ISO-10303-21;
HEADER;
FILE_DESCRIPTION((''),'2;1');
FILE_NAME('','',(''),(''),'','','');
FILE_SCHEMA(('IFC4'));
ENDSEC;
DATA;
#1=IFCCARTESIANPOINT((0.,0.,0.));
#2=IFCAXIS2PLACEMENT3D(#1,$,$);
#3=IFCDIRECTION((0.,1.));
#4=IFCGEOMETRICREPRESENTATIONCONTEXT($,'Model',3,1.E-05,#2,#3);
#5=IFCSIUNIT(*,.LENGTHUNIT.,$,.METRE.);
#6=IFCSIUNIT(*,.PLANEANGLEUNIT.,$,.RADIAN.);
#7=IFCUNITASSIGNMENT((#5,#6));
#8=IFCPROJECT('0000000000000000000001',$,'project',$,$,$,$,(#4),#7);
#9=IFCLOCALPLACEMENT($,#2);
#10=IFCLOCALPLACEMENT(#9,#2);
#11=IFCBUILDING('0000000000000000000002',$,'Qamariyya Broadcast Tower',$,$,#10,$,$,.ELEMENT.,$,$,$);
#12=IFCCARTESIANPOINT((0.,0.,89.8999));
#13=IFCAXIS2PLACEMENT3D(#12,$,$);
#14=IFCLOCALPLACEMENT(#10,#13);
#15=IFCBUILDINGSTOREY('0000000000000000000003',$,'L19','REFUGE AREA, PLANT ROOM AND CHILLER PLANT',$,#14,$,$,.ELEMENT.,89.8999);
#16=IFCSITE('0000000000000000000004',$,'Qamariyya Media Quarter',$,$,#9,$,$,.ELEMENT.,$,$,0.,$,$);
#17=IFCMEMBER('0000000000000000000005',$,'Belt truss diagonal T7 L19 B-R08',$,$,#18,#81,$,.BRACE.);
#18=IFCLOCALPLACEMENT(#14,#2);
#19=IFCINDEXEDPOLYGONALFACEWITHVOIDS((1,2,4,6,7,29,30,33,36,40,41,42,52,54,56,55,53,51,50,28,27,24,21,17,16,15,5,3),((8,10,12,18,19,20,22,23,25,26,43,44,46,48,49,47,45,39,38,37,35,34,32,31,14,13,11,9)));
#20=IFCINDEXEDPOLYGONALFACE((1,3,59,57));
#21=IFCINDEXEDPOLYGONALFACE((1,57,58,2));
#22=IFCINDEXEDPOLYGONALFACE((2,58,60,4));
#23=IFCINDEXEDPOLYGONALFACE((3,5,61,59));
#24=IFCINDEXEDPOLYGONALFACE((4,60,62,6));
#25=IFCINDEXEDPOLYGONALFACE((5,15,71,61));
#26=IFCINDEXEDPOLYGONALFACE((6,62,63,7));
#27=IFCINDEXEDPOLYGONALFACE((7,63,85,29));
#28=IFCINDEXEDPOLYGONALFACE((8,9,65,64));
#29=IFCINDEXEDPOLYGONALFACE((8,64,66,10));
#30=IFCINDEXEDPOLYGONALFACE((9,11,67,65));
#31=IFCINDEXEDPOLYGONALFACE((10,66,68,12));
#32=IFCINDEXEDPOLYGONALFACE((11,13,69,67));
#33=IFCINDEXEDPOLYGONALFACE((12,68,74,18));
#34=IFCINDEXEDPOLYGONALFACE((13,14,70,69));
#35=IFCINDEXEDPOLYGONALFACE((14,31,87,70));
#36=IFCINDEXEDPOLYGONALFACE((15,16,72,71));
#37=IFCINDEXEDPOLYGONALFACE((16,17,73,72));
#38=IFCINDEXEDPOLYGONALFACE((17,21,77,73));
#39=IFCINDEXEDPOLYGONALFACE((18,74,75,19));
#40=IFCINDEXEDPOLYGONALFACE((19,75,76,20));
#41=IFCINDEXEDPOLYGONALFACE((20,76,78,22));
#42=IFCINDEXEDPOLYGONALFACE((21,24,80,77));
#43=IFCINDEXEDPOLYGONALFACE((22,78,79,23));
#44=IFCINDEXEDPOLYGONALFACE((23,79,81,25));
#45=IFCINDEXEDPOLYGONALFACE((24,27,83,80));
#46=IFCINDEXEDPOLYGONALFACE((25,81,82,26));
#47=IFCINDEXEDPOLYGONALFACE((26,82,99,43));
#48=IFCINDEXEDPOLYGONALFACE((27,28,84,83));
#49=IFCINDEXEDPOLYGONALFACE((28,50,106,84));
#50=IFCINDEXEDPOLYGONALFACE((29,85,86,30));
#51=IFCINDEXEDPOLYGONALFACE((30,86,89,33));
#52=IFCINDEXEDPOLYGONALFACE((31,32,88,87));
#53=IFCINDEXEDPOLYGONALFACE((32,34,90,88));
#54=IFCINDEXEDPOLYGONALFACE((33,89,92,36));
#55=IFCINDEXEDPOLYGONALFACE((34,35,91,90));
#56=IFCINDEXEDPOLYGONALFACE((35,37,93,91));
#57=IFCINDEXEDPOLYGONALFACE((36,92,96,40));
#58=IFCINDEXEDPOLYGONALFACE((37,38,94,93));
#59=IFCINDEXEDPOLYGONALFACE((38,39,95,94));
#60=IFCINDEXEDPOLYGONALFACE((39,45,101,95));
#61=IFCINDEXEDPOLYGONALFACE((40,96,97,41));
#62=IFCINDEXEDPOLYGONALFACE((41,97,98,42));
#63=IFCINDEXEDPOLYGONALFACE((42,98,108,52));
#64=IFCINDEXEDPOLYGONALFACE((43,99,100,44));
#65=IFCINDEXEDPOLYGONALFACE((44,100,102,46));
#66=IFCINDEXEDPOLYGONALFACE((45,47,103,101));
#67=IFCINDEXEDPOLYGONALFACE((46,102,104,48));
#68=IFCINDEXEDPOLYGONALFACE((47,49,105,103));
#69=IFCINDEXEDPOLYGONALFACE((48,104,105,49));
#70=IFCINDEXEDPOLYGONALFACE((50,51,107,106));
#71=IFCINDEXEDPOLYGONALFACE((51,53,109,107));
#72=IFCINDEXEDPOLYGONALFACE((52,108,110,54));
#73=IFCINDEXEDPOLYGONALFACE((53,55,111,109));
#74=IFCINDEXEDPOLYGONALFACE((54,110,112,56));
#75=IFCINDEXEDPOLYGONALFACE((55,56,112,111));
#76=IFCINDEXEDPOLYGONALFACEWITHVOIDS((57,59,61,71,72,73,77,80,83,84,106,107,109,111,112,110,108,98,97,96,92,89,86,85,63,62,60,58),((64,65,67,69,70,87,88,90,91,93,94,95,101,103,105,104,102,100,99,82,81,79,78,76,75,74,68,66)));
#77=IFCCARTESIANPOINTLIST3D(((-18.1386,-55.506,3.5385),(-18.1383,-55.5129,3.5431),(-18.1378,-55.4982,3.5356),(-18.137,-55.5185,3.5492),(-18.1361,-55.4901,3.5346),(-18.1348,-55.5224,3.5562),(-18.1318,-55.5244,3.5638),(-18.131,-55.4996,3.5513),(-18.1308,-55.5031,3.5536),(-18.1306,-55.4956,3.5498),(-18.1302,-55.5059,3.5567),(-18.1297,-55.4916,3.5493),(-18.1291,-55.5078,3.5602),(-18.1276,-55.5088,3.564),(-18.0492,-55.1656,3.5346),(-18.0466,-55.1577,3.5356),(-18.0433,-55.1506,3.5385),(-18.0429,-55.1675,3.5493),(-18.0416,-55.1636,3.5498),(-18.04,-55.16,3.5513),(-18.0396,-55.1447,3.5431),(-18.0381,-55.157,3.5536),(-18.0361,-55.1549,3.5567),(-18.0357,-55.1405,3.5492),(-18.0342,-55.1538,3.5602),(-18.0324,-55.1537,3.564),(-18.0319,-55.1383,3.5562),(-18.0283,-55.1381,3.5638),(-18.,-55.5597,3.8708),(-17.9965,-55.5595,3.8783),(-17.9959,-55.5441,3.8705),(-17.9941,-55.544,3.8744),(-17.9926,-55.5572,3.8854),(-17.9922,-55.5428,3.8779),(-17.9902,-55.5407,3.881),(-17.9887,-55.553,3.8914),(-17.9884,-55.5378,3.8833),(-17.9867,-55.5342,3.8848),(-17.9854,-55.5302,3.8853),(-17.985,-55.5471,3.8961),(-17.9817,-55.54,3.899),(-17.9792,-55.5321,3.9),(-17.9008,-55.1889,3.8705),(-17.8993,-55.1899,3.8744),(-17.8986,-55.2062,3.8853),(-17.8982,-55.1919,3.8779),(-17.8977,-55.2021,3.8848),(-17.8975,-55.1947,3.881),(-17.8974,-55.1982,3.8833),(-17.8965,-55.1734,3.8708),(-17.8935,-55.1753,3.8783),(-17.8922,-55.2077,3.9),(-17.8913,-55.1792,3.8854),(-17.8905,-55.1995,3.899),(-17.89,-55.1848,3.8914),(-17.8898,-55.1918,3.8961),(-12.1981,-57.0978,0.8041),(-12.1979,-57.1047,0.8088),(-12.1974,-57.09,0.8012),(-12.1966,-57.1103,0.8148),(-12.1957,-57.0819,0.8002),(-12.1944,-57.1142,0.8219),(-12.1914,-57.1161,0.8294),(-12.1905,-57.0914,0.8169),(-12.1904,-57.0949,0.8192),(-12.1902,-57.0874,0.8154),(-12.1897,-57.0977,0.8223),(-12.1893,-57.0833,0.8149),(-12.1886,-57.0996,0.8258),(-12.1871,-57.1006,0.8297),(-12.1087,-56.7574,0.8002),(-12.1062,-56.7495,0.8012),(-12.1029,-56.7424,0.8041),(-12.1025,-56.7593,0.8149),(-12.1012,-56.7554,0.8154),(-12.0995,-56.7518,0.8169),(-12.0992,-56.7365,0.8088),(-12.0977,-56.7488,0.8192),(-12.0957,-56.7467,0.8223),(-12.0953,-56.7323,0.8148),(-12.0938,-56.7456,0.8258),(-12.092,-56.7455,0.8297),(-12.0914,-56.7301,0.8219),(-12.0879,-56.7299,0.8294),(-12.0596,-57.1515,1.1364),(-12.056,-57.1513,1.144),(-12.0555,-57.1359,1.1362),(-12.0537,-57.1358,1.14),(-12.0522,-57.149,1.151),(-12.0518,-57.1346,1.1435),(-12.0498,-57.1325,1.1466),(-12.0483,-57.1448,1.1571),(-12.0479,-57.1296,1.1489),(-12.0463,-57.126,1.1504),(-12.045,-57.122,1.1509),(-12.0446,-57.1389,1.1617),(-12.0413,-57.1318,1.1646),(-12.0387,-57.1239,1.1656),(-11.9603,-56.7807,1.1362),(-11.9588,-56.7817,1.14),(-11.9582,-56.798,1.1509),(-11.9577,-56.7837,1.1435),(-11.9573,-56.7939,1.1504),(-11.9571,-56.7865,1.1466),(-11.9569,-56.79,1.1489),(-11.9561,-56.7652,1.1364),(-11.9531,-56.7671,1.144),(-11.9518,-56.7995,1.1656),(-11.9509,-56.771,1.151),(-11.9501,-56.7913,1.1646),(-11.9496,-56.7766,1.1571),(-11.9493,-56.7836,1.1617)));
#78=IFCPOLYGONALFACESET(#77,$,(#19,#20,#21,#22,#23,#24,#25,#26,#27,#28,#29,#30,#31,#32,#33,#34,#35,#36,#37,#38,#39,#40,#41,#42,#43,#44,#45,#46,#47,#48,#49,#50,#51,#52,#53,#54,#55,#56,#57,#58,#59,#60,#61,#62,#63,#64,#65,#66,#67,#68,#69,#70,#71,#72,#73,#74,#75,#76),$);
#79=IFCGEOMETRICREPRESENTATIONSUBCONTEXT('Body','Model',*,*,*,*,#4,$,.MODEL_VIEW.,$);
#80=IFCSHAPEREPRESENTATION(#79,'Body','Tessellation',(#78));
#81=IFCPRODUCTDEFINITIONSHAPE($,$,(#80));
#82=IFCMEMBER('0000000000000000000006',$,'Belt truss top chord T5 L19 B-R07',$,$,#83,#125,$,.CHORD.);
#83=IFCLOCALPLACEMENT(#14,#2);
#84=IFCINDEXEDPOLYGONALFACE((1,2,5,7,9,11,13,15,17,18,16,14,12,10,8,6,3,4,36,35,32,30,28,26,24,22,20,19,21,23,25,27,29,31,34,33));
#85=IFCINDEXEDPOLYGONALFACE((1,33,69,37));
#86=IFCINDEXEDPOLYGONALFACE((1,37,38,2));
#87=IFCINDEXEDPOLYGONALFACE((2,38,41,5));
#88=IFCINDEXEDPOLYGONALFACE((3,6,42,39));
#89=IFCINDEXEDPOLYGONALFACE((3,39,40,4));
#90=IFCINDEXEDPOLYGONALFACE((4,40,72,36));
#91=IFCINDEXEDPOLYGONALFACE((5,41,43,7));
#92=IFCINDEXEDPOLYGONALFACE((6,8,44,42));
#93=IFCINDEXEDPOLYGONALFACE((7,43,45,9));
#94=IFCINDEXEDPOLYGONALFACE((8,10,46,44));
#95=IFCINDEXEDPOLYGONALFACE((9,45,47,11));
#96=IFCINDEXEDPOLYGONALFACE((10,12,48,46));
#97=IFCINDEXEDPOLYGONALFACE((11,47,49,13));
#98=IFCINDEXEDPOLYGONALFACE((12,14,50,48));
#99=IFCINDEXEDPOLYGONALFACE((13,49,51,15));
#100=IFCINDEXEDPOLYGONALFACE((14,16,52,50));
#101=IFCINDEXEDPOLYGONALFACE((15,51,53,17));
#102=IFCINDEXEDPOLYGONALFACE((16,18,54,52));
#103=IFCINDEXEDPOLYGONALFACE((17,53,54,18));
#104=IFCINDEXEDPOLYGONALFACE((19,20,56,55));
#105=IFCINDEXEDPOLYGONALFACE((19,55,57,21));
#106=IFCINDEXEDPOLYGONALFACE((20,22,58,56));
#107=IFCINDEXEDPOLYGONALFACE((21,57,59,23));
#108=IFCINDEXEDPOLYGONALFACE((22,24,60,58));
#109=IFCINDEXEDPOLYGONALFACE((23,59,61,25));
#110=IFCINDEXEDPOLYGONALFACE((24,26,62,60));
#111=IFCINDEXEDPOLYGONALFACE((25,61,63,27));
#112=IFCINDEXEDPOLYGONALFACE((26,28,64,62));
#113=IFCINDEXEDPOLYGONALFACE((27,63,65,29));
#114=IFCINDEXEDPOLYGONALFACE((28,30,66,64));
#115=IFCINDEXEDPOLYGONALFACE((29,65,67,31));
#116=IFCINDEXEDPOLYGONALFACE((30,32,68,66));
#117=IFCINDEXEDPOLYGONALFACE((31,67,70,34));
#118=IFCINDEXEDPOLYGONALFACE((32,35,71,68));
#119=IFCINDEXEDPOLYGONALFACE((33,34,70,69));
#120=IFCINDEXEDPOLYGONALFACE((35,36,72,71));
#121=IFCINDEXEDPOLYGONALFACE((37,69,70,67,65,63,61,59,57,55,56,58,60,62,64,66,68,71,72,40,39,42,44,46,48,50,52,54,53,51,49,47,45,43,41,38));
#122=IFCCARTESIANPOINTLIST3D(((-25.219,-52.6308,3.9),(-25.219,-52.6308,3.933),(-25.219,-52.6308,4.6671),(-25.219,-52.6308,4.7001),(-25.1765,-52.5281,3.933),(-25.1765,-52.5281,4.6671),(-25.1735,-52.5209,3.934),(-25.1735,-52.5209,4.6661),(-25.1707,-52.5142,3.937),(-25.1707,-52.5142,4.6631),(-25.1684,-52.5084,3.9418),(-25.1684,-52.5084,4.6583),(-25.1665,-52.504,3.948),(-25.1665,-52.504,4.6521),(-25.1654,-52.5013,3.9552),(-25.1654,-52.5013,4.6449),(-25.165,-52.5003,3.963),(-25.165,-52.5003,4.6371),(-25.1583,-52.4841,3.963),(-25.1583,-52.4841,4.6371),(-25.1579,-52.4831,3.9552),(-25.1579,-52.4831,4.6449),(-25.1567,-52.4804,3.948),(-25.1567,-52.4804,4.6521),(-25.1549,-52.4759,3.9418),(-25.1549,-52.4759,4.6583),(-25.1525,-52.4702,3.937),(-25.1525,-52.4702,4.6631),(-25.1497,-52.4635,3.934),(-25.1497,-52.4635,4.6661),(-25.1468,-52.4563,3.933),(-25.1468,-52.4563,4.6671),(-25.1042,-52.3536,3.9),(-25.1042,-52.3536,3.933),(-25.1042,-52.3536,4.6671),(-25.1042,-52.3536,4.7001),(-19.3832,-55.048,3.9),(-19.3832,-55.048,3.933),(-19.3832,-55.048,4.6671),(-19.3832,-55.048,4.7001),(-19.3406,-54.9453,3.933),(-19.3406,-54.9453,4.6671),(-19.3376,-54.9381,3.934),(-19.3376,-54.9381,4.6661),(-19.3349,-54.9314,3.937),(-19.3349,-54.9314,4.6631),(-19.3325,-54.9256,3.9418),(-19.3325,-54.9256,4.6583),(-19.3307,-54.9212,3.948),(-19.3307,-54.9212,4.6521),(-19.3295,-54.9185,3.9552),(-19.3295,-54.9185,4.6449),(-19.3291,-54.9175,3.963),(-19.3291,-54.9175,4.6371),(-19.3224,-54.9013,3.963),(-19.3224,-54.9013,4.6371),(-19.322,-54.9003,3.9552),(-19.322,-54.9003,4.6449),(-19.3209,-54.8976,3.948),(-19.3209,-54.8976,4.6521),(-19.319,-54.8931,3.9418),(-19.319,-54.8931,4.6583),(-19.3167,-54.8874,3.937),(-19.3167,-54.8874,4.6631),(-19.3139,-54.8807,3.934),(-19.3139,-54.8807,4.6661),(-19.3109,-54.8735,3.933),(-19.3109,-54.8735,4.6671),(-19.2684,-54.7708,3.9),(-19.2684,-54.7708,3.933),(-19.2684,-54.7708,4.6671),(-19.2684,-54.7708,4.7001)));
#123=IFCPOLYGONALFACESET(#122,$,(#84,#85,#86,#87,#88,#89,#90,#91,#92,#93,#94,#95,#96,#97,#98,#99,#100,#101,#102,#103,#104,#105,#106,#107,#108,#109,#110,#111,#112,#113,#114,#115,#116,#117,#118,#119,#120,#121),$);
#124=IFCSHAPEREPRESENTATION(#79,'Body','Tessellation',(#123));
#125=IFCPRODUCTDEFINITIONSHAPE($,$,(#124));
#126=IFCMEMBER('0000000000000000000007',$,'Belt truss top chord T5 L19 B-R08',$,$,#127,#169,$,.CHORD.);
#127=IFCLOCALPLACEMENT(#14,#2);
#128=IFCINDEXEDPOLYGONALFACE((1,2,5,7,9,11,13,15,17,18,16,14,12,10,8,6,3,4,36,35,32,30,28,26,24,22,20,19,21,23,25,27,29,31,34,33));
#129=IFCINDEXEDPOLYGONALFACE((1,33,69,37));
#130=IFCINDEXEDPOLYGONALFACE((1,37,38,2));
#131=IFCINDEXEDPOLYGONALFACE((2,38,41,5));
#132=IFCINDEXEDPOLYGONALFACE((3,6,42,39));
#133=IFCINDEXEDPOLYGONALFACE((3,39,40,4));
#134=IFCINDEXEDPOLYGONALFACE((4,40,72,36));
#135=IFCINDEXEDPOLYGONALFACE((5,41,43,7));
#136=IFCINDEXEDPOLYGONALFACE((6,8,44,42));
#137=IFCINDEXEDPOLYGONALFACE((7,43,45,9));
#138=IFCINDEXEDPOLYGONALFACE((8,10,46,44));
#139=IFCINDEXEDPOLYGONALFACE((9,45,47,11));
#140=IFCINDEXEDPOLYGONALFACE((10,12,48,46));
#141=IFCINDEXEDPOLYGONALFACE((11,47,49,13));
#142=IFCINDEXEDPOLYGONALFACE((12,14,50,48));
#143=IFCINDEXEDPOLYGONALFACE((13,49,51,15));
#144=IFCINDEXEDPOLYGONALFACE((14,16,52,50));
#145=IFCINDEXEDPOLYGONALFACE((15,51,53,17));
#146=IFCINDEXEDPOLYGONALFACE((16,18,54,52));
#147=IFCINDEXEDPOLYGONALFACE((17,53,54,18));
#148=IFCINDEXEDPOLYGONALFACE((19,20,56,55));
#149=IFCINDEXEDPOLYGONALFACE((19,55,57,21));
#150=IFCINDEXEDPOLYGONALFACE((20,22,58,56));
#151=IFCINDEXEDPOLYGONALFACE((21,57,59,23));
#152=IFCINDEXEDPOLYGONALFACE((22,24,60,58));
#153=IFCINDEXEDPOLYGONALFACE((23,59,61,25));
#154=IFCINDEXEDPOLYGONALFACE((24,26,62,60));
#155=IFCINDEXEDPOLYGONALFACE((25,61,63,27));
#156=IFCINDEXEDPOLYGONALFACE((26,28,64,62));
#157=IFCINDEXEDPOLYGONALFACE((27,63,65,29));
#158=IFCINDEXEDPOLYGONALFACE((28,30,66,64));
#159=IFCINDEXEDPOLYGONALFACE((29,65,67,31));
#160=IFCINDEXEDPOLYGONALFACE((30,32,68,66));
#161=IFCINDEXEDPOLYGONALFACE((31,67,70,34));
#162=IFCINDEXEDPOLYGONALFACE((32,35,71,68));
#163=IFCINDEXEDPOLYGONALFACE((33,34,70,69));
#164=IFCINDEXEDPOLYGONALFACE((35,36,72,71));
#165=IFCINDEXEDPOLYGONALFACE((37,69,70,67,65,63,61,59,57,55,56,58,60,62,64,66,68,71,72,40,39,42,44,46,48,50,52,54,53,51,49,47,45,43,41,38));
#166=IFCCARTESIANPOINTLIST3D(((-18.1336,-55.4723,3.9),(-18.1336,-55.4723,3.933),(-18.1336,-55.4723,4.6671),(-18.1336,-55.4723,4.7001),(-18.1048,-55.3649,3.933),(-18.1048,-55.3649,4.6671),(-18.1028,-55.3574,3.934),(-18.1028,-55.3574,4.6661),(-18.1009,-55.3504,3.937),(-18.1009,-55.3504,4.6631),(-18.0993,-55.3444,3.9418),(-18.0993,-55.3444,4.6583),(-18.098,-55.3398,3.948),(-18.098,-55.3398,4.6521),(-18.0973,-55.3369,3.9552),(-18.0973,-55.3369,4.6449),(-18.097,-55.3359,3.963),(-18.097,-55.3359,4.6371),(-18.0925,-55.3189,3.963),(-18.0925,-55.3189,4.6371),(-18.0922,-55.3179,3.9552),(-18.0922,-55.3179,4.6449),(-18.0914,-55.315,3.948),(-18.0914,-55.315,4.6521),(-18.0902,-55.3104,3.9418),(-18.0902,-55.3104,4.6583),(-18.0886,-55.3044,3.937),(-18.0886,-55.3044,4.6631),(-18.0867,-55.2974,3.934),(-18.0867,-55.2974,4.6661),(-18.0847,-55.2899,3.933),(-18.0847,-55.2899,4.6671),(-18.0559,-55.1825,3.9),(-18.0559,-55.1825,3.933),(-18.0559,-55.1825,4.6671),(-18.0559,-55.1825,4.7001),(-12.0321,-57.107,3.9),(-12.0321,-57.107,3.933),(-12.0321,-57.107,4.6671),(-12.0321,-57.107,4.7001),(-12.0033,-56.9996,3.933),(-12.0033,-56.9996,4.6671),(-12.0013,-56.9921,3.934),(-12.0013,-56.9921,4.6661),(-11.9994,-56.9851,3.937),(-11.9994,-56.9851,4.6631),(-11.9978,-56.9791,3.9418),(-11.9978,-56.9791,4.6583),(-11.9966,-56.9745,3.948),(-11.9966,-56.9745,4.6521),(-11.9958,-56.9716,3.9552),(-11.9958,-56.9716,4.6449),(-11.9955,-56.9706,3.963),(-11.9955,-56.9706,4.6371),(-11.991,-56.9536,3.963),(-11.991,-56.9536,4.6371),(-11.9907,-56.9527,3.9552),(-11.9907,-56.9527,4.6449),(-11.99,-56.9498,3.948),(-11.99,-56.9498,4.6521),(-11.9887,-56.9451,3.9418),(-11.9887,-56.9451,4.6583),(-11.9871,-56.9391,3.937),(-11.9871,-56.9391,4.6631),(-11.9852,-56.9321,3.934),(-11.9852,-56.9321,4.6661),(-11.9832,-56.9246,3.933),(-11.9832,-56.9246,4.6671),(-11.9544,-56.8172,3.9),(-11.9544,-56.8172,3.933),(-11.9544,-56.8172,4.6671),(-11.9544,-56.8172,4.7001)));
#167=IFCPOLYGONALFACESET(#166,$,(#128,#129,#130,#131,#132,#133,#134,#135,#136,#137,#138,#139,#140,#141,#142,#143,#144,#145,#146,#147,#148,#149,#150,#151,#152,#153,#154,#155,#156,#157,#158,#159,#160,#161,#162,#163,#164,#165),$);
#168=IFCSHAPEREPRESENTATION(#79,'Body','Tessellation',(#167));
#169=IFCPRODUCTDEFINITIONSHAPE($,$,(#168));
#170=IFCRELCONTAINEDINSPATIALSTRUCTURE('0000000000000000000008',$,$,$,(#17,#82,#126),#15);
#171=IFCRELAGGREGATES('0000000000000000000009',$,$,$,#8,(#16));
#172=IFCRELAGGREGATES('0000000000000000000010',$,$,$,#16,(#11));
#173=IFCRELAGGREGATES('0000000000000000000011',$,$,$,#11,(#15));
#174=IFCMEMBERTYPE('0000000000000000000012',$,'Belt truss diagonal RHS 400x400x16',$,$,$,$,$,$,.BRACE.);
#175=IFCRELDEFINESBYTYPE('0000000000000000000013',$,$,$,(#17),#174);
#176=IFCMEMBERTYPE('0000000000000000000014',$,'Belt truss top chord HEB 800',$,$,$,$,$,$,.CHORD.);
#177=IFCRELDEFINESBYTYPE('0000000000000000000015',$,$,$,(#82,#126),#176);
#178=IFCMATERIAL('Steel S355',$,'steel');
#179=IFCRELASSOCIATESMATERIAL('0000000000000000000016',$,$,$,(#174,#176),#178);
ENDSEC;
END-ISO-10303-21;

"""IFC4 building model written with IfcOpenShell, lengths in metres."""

from ifc_helpers import new_model, si_unit, direction, frame, origin, origin_2d, place, context, subcontext, project, spatial, hollow_rectangle, i_section, extrude, material, material_profile, profile_set, type_object, element, save


model = new_model("IFC4")

# Units and contexts
model_context = context("Model", 3, precision=1e-05, world=origin(), true_north=direction((0.0, 1.0)))
body_context = subcontext(model_context, "Body", "Model", "MODEL_VIEW")
ifc_project = project(units=[si_unit("LENGTHUNIT", "METRE"), si_unit("PLANEANGLEUNIT", "RADIAN")], contexts=[model_context])

# Site, building, storey
site_placement = place(None, origin())
site = spatial("IfcSite", under=ifc_project, at=site_placement, Name="Qamariyya Media Quarter", CompositionType="ELEMENT", RefElevation=0.0)
building_placement = place(site_placement, origin())
building = spatial("IfcBuilding", under=site, at=building_placement, Name="Qamariyya Broadcast Tower", CompositionType="ELEMENT")
storey_placement = place(building_placement, frame((0.0, 0.0, 89.8999)))
storey = spatial("IfcBuildingStorey", under=building, at=storey_placement, Name="L19", Description="REFUGE AREA, PLANT ROOM AND CHILLER PLANT", CompositionType="ELEMENT", Elevation=89.8999)

# Members
ifc_material_1 = material(Name="Steel S355", Category="steel")
ifc_material_profile_1 = material_profile(ifc_material_1, hollow_rectangle(XDim=0.3999, YDim=0.3999, WallThickness=0.0161, InnerFilletRadius=0.0161, OuterFilletRadius=0.032, at=origin_2d()))
ifc_profile_set_1 = profile_set([ifc_material_profile_1], Name="Steel S355")
member_type_1 = type_object("IfcMemberType", Name="Belt truss diagonal RHS 400x400x16", PredefinedType="BRACE", material=ifc_profile_set_1)
for number, where, z_axis, x_axis, name in (
    (1, (-18.0142, -55.3489, 3.7173), (0.882616, -0.236506, -0.406268), (0.258829, 0.965923, 0.0), "Belt truss diagonal T7 L19 B-R08"),
):
    element("IfcMember", number, at=place(storey_placement, frame(where, z_axis=z_axis, x_axis=x_axis)), inside=storey, type_object=member_type_1, Name=name, PredefinedType="BRACE", context=body_context, shape_type="SweptSolid", body=[
        extrude(hollow_rectangle(XDim=0.3999, YDim=0.3999, WallThickness=0.0161, InnerFilletRadius=0.0161, OuterFilletRadius=0.032, at=origin_2d()), origin(), (0.0, 0.0, 1.0), 6.7305),
    ])
ifc_material_profile_2 = material_profile(ifc_material_1, i_section(OverallWidth=0.3, OverallDepth=0.8, WebThickness=0.0176, FlangeThickness=0.033, FilletRadius=0.03, at=origin_2d()))
ifc_profile_set_2 = profile_set([ifc_material_profile_2], Name="Steel S355")
member_type_2 = type_object("IfcMemberType", Name="Belt truss top chord HEB 800", PredefinedType="CHORD", material=ifc_profile_set_2)
for number, where, z_axis, x_axis, name in (
    (2, (-25.1616, -52.4922, 4.3), (0.923884, -0.382672, 0.0), (0.382672, 0.923884, 0.0), "Belt truss top chord T5 L19 B-R07"),
    (3, (-18.0947, -55.3274, 4.3), (0.965931, -0.258798, 0.0), (0.258798, 0.965931, 0.0), "Belt truss top chord T5 L19 B-R08"),
):
    element("IfcMember", number, at=place(storey_placement, frame(where, z_axis=z_axis, x_axis=x_axis)), inside=storey, type_object=member_type_2, Name=name, PredefinedType="CHORD", context=body_context, shape_type="SweptSolid", body=[
        extrude(i_section(OverallWidth=0.3, OverallDepth=0.8, WebThickness=0.0176, FlangeThickness=0.033, FilletRadius=0.03, at=origin_2d()), origin(), (0.0, 0.0, 1.0), 6.3167),
    ])

save(model, "model.ifc")
